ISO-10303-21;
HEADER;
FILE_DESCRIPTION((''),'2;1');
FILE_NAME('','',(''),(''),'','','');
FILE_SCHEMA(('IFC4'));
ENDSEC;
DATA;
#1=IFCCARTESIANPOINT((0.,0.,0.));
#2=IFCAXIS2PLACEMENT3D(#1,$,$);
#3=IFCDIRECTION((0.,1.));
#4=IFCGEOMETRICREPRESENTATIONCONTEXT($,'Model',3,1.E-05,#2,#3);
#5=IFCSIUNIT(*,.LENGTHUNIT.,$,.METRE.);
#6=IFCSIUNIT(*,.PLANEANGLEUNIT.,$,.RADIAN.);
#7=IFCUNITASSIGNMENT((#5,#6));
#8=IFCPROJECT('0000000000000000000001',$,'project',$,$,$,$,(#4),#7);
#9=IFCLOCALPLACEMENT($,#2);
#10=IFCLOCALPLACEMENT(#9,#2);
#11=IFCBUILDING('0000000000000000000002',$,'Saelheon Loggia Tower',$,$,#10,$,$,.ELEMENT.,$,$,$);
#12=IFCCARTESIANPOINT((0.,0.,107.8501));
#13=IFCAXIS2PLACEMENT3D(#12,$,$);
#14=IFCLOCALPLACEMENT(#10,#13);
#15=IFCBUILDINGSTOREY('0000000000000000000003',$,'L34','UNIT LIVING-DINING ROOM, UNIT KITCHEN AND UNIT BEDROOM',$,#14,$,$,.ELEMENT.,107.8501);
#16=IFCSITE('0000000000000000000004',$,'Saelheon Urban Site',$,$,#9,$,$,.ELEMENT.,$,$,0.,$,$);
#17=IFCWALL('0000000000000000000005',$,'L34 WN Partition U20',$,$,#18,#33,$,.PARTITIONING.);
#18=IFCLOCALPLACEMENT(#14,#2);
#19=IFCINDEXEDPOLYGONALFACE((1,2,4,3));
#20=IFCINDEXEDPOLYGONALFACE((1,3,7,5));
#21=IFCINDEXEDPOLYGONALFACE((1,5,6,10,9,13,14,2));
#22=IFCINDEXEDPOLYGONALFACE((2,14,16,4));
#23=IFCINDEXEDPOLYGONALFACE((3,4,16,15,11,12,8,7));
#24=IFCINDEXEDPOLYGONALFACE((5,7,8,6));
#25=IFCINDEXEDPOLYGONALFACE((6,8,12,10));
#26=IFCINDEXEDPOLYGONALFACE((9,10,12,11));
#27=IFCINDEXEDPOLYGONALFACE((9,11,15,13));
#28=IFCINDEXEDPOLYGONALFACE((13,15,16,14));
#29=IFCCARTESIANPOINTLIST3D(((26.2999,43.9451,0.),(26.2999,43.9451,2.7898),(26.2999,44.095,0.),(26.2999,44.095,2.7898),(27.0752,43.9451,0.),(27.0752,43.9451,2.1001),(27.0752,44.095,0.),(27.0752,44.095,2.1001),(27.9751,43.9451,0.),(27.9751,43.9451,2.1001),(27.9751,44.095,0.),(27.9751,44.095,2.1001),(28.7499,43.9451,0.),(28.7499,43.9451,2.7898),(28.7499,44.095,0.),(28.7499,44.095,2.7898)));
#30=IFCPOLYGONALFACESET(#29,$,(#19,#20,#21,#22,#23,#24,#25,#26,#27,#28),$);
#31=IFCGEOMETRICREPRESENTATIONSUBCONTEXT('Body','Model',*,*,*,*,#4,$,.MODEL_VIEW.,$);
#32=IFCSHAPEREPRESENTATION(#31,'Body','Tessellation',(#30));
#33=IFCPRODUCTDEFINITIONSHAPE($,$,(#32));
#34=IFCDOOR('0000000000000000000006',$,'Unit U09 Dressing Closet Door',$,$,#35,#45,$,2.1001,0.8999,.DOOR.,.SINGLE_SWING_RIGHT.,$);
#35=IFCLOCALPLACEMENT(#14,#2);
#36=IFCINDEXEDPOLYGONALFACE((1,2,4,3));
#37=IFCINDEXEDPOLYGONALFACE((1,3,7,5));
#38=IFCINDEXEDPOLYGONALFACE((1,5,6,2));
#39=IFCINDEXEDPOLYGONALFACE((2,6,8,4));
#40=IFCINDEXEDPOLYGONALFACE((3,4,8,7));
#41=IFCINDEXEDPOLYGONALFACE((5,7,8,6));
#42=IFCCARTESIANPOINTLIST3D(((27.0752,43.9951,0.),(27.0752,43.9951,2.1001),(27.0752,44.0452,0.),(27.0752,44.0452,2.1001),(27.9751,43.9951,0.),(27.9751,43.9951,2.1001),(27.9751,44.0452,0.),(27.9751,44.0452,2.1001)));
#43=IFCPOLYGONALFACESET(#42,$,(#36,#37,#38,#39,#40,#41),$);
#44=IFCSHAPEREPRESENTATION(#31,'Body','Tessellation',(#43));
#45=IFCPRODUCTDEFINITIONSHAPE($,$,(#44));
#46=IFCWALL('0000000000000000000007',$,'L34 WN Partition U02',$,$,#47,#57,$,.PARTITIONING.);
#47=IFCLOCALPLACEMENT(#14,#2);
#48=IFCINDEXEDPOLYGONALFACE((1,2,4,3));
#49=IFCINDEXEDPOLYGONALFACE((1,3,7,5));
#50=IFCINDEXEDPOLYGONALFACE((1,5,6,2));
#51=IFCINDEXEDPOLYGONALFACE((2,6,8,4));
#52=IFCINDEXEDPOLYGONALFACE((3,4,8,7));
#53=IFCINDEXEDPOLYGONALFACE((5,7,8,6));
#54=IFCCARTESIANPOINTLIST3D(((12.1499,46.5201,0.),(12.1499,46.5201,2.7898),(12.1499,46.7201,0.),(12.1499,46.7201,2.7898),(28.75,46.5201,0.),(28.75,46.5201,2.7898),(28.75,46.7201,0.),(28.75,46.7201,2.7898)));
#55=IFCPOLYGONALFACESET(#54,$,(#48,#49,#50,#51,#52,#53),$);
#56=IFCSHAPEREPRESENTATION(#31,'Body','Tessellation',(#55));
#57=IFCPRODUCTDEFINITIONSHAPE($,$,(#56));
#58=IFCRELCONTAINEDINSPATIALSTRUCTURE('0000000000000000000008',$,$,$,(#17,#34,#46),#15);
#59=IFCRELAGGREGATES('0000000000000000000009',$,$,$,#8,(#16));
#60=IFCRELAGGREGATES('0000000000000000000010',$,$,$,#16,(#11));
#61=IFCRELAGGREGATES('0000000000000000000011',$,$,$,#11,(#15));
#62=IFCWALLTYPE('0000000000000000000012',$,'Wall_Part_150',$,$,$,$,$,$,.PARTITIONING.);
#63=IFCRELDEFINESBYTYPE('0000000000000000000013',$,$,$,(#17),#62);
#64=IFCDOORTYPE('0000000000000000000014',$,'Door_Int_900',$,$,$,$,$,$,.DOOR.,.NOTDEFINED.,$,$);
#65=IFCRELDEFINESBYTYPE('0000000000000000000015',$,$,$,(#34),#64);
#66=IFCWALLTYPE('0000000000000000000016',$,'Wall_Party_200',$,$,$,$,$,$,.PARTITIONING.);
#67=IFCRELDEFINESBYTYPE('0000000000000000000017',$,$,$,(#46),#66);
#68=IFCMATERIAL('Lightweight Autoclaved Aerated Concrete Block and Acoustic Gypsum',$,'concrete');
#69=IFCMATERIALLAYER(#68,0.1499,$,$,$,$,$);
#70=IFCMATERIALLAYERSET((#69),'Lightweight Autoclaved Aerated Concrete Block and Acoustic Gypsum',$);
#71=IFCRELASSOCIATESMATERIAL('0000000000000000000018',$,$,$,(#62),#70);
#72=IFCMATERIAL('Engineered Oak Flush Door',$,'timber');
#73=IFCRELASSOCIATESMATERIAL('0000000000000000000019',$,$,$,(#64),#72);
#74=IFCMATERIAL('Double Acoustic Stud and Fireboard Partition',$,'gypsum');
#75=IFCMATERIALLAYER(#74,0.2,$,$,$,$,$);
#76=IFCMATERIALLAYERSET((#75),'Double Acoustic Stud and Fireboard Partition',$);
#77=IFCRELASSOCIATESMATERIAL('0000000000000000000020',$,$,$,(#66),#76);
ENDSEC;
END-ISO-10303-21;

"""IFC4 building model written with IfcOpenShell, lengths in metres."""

from ifc_helpers import new_model, si_unit, direction, frame, frame_2d, origin, place, context, subcontext, project, spatial, rectangle, extrude, source, transform, mapped, material, layer, layer_set, type_object, element, fill, save


model = new_model("IFC4")

# Units and contexts
model_context = context("Model", 3, precision=1e-05, world=origin(), true_north=direction((0.0, 1.0)))
body_context = subcontext(model_context, "Body", "Model", "MODEL_VIEW")
ifc_project = project(units=[si_unit("LENGTHUNIT", "METRE"), si_unit("PLANEANGLEUNIT", "RADIAN")], contexts=[model_context])

# Site, building, storey
site_placement = place(None, origin())
site = spatial("IfcSite", under=ifc_project, at=site_placement, Name="Saelheon Urban Site", CompositionType="ELEMENT", RefElevation=0.0)
building_placement = place(site_placement, origin())
building = spatial("IfcBuilding", under=site, at=building_placement, Name="Saelheon Loggia Tower", CompositionType="ELEMENT")
storey_placement = place(building_placement, frame((0.0, 0.0, 107.8501)))
storey = spatial("IfcBuildingStorey", under=building, at=storey_placement, Name="L34", Description="UNIT LIVING-DINING ROOM, UNIT KITCHEN AND UNIT BEDROOM", CompositionType="ELEMENT", Elevation=107.8501)

# Wall, opening, door
ifc_material_1 = material(Name="Lightweight Autoclaved Aerated Concrete Block and Acoustic Gypsum", Category="concrete")
ifc_layer_1 = layer(ifc_material_1, 0.1499)
ifc_layer_set_1 = layer_set([ifc_layer_1], Name="Lightweight Autoclaved Aerated Concrete Block and Acoustic Gypsum")
wall_type_1 = type_object("IfcWallType", Name="Wall_Part_150", PredefinedType="PARTITIONING", material=ifc_layer_set_1)
wall_1_placement = place(storey_placement, frame((28.75, 44.02, 0.0), z_axis=(0.0, 0.0, 1.0), x_axis=(-1.0, 0.0, 0.0)))
wall_1 = element("IfcWall", 1, at=wall_1_placement, inside=storey, type_object=wall_type_1, Name="L34 WN Partition U20", PredefinedType="PARTITIONING", context=body_context, shape_type="SweptSolid", body=[
    extrude(rectangle(XDim=2.45, YDim=0.1499, at=frame_2d((1.2251, 0.0))), origin(), (0.0, 0.0, 1.0), 2.7898),
])
opening_1_placement = place(wall_1_placement, frame((0.7749, 0.0, 0.0)))
opening_1 = element("IfcOpeningElement", 2, at=opening_1_placement, cuts=wall_1, PredefinedType="OPENING", context=body_context, shape_type="SweptSolid", body=[
    extrude(rectangle(XDim=0.8999, YDim=2.1001, at=frame_2d((0.45, 1.05))), frame((0.0, 0.0869, 0.0), z_axis=(0.0, -1.0, 0.0), x_axis=(1.0, 0.0, 0.0)), (0.0, 0.0, 1.0), 0.1738),
])
ifc_material_2 = material(Name="Engineered Oak Flush Door", Category="timber")
door_type_1 = type_object("IfcDoorType", Name="Door_Int_900", OperationType="NOTDEFINED", PredefinedType="DOOR", material=ifc_material_2)
shared_shape_1 = source(origin(), body_context, "Body", "SweptSolid", [
    extrude(rectangle(XDim=0.8999, YDim=2.1001, at=frame_2d((0.45, 1.05))), frame((0.0, 0.0249, 0.0), z_axis=(0.0, -1.0, 0.0), x_axis=(1.0, 0.0, 0.0)), (0.0, 0.0, 1.0), 0.05),
])
door_1_placement = place(opening_1_placement, origin())
door_1 = element("IfcDoor", 3, at=door_1_placement, inside=storey, type_object=door_type_1, Name="Unit U09 Dressing Closet Door", OperationType="SINGLE_SWING_RIGHT", OverallHeight=2.1001, OverallWidth=0.8999, PredefinedType="DOOR", context=body_context, shape_type="MappedRepresentation", body=[
    mapped(shared_shape_1, transform((0.0, 0.0, 0.0), scale=1.0)),
])
fill(opening_1, door_1)

# Wall
ifc_material_3 = material(Name="Double Acoustic Stud and Fireboard Partition", Category="gypsum")
ifc_layer_2 = layer(ifc_material_3, 0.2)
ifc_layer_set_2 = layer_set([ifc_layer_2], Name="Double Acoustic Stud and Fireboard Partition")
wall_type_2 = type_object("IfcWallType", Name="Wall_Party_200", PredefinedType="PARTITIONING", material=ifc_layer_set_2)
wall_2_placement = place(storey_placement, frame((28.75, 46.6201, 0.0), z_axis=(0.0, 0.0, 1.0), x_axis=(-1.0, 0.0, 0.0)))
element("IfcWall", 4, at=wall_2_placement, inside=storey, type_object=wall_type_2, Name="L34 WN Partition U02", PredefinedType="PARTITIONING", context=body_context, shape_type="SweptSolid", body=[
    extrude(rectangle(XDim=16.6001, YDim=0.2, at=frame_2d((8.3, 0.0))), origin(), (0.0, 0.0, 1.0), 2.7898),
])

save(model, "model.ifc")
